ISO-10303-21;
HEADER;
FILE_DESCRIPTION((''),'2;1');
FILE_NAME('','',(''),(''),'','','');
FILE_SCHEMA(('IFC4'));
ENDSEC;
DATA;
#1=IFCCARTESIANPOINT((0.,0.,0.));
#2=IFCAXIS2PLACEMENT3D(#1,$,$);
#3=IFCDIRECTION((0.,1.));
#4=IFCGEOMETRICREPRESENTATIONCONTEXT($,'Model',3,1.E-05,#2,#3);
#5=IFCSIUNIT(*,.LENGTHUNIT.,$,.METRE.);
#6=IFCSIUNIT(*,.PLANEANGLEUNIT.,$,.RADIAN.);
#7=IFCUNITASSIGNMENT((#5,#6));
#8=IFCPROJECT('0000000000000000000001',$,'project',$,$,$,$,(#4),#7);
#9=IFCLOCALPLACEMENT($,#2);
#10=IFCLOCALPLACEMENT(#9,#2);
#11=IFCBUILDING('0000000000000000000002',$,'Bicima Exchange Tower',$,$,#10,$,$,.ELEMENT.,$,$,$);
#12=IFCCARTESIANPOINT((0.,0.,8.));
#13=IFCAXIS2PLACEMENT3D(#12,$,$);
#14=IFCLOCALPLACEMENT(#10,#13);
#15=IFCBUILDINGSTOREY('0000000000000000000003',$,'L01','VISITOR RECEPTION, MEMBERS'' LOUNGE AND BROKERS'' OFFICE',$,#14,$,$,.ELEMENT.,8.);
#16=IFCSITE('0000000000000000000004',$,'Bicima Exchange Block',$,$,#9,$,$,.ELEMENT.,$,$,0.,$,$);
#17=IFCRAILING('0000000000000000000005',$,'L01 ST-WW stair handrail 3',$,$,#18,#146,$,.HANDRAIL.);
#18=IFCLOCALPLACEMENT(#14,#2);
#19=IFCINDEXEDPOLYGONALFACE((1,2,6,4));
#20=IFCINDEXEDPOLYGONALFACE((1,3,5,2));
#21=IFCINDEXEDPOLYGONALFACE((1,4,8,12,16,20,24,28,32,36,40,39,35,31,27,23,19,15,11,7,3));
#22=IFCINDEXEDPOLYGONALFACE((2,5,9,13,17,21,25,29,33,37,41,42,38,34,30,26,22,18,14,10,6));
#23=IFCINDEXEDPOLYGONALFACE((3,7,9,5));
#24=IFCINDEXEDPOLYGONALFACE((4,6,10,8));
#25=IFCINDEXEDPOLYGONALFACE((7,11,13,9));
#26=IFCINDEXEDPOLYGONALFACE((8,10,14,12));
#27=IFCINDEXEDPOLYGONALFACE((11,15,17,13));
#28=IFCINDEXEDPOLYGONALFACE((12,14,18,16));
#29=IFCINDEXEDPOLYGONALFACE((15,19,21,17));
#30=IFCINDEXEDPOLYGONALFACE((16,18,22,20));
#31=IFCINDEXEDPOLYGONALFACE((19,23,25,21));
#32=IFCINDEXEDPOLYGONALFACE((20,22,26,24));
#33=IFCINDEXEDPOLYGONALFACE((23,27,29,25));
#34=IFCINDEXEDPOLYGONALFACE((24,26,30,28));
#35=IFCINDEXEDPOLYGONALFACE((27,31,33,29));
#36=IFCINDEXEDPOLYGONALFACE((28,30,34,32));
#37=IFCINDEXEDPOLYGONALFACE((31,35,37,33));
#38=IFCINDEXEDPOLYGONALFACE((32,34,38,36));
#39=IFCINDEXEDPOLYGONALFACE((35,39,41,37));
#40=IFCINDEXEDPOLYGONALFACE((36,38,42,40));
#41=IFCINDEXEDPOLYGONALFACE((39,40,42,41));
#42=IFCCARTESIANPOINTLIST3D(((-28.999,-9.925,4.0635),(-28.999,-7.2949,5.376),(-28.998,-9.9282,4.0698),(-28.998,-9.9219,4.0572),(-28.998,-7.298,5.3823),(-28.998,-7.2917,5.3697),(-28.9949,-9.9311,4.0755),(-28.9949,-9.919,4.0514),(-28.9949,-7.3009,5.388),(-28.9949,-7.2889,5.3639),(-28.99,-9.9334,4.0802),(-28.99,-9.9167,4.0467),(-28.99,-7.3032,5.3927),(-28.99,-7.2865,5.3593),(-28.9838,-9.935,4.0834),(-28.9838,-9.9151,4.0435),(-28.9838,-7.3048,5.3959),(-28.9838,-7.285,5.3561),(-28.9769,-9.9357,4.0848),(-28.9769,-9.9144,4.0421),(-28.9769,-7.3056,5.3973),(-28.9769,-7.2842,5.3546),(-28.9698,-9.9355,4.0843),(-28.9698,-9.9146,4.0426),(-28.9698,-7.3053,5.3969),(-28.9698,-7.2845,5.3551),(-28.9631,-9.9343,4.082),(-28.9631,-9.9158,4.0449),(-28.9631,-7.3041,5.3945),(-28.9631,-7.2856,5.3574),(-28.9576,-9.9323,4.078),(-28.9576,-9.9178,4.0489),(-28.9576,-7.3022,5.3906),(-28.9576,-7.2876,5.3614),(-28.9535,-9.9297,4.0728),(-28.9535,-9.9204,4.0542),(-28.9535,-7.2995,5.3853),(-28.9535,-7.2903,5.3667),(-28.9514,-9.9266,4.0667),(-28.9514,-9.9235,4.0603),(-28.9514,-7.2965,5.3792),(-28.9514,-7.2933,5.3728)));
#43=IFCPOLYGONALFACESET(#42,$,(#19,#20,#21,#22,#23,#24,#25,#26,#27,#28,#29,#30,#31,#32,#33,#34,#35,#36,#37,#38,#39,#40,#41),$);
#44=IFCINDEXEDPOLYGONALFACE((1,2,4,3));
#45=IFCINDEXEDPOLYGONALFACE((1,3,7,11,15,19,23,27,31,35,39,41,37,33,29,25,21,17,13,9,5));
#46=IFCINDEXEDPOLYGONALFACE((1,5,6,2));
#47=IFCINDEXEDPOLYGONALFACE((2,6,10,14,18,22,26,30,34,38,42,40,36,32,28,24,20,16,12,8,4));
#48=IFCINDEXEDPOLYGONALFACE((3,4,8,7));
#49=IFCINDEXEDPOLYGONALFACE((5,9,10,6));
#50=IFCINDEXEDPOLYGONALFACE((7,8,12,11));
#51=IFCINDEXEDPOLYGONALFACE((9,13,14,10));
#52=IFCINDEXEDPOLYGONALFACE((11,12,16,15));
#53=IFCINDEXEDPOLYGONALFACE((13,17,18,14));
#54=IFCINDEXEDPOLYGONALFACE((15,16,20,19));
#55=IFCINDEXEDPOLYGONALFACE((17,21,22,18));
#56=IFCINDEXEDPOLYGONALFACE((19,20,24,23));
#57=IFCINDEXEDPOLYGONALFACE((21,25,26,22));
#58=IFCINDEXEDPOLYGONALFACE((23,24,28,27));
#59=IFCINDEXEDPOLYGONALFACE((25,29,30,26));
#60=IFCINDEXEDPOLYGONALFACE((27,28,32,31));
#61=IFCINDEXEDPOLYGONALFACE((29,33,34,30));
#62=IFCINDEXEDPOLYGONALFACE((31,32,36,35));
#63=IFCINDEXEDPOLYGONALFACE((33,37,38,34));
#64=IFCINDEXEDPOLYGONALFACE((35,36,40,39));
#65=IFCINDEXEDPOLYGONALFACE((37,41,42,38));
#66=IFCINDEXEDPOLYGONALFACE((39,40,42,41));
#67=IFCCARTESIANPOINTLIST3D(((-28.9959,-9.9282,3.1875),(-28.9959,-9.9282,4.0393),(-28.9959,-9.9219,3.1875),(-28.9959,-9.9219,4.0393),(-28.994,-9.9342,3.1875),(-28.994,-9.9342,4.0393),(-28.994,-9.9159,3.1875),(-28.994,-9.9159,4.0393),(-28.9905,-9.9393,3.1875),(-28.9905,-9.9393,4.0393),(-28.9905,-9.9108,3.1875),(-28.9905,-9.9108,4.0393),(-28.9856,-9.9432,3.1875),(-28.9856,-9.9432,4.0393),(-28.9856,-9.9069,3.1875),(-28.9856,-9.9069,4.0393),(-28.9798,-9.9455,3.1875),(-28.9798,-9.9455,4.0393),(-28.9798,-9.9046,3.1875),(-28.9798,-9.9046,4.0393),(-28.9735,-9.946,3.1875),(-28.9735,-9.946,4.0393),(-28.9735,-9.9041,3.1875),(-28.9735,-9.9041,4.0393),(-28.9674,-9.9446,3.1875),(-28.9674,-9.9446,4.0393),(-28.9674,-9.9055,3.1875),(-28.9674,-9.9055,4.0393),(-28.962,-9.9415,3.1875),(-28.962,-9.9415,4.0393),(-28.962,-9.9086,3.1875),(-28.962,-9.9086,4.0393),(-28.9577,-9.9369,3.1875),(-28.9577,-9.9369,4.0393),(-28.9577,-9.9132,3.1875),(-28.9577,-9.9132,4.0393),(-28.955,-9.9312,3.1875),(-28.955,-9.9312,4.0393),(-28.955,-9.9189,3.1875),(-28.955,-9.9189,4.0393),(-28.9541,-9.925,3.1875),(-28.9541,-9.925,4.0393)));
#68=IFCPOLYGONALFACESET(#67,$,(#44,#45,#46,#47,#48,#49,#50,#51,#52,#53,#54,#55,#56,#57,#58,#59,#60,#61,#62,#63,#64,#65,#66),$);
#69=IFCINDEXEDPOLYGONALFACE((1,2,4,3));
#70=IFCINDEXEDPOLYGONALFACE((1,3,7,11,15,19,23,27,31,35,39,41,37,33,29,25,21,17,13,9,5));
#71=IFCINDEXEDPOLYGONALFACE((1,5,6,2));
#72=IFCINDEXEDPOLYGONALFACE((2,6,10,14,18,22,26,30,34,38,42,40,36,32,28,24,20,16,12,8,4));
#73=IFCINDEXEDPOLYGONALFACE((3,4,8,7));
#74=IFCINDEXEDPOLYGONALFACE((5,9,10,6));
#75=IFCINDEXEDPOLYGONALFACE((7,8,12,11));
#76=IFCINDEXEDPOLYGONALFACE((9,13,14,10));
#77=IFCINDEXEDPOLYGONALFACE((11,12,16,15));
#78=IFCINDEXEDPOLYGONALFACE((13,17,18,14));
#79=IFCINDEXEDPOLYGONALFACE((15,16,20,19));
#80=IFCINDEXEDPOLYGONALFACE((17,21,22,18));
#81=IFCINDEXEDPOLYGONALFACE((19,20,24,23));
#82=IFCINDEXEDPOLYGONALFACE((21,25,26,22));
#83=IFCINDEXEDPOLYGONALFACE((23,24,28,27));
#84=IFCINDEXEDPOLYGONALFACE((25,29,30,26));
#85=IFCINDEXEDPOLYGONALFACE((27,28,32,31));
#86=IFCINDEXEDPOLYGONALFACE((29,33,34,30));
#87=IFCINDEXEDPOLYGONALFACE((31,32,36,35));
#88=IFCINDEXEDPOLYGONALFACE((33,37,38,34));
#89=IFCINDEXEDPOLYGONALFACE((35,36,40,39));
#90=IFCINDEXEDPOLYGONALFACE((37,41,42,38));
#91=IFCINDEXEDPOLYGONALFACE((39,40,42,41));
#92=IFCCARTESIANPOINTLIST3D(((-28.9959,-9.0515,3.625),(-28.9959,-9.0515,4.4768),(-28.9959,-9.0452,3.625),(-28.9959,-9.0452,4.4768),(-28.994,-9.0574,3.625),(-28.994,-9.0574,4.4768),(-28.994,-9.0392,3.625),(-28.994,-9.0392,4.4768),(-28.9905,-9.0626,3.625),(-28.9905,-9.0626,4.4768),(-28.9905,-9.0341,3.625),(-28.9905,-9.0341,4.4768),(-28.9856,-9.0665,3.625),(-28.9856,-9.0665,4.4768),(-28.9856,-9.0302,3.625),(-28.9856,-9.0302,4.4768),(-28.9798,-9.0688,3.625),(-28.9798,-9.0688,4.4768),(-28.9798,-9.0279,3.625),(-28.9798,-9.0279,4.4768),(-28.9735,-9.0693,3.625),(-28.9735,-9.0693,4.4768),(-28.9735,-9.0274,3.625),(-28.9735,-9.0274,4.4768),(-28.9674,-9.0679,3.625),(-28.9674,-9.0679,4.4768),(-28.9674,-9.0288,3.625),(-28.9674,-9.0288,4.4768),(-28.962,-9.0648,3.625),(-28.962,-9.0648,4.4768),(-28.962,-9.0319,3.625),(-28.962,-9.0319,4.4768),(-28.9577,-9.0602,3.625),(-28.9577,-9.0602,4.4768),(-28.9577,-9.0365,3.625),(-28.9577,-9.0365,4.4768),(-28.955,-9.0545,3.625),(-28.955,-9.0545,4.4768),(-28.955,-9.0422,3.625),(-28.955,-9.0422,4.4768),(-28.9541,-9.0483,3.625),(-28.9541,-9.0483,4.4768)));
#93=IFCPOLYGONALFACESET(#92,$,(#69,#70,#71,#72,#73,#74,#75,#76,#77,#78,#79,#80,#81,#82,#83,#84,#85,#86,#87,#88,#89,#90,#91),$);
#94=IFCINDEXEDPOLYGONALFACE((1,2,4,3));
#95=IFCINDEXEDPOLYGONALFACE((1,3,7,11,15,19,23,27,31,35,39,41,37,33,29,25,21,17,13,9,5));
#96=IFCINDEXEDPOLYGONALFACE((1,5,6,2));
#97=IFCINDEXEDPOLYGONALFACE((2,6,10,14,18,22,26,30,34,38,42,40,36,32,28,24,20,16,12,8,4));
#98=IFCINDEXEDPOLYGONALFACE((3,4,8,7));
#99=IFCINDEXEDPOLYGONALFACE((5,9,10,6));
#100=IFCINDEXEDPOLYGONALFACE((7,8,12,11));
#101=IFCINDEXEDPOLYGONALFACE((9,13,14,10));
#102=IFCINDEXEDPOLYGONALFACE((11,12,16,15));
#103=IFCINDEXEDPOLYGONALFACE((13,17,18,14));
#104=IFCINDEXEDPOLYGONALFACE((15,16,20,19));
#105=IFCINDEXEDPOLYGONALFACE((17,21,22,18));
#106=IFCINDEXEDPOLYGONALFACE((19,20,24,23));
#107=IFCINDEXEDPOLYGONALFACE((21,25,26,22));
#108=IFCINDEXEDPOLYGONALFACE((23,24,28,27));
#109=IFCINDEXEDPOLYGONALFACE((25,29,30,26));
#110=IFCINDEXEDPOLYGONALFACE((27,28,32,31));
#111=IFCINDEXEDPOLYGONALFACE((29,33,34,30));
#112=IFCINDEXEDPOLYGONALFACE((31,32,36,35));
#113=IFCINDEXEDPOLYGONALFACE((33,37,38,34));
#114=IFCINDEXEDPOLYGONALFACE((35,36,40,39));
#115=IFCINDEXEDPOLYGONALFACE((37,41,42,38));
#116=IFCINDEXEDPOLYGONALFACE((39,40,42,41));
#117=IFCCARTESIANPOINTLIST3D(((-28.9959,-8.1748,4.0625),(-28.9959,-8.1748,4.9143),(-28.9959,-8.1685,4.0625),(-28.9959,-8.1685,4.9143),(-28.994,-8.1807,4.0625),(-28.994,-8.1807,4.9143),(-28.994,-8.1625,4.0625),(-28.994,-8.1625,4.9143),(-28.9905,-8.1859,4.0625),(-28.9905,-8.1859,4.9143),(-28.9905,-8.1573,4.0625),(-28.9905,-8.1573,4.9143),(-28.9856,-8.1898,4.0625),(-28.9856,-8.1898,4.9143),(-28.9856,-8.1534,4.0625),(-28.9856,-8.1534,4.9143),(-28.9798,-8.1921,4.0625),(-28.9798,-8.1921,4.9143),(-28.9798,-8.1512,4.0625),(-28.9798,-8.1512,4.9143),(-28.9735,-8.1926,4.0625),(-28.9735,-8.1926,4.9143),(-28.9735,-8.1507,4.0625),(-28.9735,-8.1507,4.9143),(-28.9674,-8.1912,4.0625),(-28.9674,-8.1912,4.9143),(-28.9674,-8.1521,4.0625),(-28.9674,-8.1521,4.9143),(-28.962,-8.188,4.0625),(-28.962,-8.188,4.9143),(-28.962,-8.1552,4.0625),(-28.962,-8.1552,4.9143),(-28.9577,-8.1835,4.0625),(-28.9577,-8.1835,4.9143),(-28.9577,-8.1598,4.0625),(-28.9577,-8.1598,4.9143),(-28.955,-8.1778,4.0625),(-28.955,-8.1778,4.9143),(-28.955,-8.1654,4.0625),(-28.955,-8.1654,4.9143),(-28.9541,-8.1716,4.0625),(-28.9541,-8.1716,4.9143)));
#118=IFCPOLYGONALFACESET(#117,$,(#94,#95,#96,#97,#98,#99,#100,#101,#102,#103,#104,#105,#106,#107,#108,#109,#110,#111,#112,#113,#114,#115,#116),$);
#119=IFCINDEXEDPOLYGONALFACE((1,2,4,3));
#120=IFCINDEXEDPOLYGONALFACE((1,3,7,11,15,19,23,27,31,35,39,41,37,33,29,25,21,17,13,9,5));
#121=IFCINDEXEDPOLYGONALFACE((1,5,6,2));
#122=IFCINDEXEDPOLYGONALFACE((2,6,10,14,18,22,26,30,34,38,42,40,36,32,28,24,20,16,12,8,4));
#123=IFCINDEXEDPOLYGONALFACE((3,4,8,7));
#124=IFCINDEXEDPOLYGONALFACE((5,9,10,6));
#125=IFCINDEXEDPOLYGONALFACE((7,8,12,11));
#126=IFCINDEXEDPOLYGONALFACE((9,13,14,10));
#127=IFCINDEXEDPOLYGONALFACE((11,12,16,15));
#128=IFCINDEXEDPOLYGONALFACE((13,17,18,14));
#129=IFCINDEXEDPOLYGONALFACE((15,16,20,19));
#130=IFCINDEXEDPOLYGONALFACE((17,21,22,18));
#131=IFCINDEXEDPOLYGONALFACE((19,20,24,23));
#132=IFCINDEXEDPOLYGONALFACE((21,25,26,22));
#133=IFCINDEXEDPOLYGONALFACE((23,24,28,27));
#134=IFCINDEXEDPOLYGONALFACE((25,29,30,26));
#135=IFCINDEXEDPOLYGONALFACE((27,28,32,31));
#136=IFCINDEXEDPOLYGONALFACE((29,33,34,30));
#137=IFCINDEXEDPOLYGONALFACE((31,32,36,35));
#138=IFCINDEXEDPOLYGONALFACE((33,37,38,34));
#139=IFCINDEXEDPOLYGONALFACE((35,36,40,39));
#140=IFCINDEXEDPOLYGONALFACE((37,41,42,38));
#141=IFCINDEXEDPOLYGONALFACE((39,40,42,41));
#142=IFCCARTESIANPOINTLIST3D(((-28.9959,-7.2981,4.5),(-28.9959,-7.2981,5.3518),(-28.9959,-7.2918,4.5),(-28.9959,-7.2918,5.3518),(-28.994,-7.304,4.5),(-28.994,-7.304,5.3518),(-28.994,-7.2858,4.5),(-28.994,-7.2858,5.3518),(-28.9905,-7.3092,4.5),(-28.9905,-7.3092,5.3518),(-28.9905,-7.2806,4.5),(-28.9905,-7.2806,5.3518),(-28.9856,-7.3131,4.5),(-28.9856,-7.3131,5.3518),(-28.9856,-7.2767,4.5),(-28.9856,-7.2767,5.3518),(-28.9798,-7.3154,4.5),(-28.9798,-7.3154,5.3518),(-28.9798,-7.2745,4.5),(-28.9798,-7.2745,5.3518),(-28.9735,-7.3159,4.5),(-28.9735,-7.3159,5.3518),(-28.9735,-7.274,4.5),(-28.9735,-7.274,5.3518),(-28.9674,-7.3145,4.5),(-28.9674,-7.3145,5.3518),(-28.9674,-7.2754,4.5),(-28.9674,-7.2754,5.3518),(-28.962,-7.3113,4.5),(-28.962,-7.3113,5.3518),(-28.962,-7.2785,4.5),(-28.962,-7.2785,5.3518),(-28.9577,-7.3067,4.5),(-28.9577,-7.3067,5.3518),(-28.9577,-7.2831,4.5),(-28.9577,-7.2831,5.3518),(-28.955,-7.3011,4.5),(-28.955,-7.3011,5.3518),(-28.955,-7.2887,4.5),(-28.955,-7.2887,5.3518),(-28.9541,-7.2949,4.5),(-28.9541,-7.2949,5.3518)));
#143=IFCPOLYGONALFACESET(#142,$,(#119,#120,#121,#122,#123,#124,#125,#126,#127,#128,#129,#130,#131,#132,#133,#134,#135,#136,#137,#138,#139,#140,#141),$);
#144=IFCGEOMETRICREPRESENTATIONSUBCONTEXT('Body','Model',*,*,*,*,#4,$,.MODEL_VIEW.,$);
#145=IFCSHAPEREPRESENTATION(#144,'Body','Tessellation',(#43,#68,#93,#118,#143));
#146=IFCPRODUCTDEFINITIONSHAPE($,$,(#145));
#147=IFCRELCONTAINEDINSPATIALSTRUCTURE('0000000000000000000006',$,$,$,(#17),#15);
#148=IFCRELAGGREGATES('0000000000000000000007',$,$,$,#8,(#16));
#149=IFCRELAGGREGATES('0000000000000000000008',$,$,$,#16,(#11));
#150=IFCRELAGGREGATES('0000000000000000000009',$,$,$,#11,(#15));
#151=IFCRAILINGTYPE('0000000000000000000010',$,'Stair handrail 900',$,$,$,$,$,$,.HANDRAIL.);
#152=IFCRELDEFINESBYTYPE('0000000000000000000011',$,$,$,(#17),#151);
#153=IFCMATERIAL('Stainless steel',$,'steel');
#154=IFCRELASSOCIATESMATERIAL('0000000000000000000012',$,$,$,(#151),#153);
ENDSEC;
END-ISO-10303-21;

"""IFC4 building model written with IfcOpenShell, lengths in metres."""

from ifc_helpers import new_model, si_unit, direction, frame, origin, origin_2d, place, context, subcontext, project, spatial, circle, extrude, material, type_object, element, save


model = new_model("IFC4")

# Units and contexts
model_context = context("Model", 3, precision=1e-05, world=origin(), true_north=direction((0.0, 1.0)))
body_context = subcontext(model_context, "Body", "Model", "MODEL_VIEW")
ifc_project = project(units=[si_unit("LENGTHUNIT", "METRE"), si_unit("PLANEANGLEUNIT", "RADIAN")], contexts=[model_context])

# Site, building, storey
site_placement = place(None, origin())
site = spatial("IfcSite", under=ifc_project, at=site_placement, Name="Bicima Exchange Block", CompositionType="ELEMENT", RefElevation=0.0)
building_placement = place(site_placement, origin())
building = spatial("IfcBuilding", under=site, at=building_placement, Name="Bicima Exchange Tower", CompositionType="ELEMENT")
storey_placement = place(building_placement, frame((0.0, 0.0, 8.0)))
storey = spatial("IfcBuildingStorey", under=building, at=storey_placement, Name="L01", Description="VISITOR RECEPTION, MEMBERS' LOUNGE AND BROKERS' OFFICE", CompositionType="ELEMENT", Elevation=8.0)

# Railing
ifc_material_1 = material(Name="Stainless steel", Category="steel")
railing_type_1 = type_object("IfcRailingType", Name="Stair handrail 900", PredefinedType="HANDRAIL", material=ifc_material_1)
railing_1_placement = place(storey_placement, frame((-28.9751, -9.925, 3.1875)))
element("IfcRailing", 1, at=railing_1_placement, inside=storey, type_object=railing_type_1, Name="L01 ST-WW stair handrail 3", PredefinedType="HANDRAIL", context=body_context, shape_type="SweptSolid", body=[
    extrude(circle(Radius=0.0239, at=origin_2d()), frame((0.0, 0.0, 0.876), z_axis=(0.0, 0.894776, 0.446516), x_axis=(-1.0, 0.0, 0.0)), (0.0, 0.0, 1.0), 2.9395),
    extrude(circle(Radius=0.021, at=origin_2d()), origin(), (0.0, 0.0, 1.0), 0.8518),
    extrude(circle(Radius=0.021, at=origin_2d()), frame((0.0, 0.8767, 0.4375)), (0.0, 0.0, 1.0), 0.8518),
    extrude(circle(Radius=0.021, at=origin_2d()), frame((0.0, 1.7534, 0.875)), (0.0, 0.0, 1.0), 0.8518),
    extrude(circle(Radius=0.021, at=origin_2d()), frame((0.0, 2.6301, 1.3125)), (0.0, 0.0, 1.0), 0.8518),
])

save(model, "model.ifc")
